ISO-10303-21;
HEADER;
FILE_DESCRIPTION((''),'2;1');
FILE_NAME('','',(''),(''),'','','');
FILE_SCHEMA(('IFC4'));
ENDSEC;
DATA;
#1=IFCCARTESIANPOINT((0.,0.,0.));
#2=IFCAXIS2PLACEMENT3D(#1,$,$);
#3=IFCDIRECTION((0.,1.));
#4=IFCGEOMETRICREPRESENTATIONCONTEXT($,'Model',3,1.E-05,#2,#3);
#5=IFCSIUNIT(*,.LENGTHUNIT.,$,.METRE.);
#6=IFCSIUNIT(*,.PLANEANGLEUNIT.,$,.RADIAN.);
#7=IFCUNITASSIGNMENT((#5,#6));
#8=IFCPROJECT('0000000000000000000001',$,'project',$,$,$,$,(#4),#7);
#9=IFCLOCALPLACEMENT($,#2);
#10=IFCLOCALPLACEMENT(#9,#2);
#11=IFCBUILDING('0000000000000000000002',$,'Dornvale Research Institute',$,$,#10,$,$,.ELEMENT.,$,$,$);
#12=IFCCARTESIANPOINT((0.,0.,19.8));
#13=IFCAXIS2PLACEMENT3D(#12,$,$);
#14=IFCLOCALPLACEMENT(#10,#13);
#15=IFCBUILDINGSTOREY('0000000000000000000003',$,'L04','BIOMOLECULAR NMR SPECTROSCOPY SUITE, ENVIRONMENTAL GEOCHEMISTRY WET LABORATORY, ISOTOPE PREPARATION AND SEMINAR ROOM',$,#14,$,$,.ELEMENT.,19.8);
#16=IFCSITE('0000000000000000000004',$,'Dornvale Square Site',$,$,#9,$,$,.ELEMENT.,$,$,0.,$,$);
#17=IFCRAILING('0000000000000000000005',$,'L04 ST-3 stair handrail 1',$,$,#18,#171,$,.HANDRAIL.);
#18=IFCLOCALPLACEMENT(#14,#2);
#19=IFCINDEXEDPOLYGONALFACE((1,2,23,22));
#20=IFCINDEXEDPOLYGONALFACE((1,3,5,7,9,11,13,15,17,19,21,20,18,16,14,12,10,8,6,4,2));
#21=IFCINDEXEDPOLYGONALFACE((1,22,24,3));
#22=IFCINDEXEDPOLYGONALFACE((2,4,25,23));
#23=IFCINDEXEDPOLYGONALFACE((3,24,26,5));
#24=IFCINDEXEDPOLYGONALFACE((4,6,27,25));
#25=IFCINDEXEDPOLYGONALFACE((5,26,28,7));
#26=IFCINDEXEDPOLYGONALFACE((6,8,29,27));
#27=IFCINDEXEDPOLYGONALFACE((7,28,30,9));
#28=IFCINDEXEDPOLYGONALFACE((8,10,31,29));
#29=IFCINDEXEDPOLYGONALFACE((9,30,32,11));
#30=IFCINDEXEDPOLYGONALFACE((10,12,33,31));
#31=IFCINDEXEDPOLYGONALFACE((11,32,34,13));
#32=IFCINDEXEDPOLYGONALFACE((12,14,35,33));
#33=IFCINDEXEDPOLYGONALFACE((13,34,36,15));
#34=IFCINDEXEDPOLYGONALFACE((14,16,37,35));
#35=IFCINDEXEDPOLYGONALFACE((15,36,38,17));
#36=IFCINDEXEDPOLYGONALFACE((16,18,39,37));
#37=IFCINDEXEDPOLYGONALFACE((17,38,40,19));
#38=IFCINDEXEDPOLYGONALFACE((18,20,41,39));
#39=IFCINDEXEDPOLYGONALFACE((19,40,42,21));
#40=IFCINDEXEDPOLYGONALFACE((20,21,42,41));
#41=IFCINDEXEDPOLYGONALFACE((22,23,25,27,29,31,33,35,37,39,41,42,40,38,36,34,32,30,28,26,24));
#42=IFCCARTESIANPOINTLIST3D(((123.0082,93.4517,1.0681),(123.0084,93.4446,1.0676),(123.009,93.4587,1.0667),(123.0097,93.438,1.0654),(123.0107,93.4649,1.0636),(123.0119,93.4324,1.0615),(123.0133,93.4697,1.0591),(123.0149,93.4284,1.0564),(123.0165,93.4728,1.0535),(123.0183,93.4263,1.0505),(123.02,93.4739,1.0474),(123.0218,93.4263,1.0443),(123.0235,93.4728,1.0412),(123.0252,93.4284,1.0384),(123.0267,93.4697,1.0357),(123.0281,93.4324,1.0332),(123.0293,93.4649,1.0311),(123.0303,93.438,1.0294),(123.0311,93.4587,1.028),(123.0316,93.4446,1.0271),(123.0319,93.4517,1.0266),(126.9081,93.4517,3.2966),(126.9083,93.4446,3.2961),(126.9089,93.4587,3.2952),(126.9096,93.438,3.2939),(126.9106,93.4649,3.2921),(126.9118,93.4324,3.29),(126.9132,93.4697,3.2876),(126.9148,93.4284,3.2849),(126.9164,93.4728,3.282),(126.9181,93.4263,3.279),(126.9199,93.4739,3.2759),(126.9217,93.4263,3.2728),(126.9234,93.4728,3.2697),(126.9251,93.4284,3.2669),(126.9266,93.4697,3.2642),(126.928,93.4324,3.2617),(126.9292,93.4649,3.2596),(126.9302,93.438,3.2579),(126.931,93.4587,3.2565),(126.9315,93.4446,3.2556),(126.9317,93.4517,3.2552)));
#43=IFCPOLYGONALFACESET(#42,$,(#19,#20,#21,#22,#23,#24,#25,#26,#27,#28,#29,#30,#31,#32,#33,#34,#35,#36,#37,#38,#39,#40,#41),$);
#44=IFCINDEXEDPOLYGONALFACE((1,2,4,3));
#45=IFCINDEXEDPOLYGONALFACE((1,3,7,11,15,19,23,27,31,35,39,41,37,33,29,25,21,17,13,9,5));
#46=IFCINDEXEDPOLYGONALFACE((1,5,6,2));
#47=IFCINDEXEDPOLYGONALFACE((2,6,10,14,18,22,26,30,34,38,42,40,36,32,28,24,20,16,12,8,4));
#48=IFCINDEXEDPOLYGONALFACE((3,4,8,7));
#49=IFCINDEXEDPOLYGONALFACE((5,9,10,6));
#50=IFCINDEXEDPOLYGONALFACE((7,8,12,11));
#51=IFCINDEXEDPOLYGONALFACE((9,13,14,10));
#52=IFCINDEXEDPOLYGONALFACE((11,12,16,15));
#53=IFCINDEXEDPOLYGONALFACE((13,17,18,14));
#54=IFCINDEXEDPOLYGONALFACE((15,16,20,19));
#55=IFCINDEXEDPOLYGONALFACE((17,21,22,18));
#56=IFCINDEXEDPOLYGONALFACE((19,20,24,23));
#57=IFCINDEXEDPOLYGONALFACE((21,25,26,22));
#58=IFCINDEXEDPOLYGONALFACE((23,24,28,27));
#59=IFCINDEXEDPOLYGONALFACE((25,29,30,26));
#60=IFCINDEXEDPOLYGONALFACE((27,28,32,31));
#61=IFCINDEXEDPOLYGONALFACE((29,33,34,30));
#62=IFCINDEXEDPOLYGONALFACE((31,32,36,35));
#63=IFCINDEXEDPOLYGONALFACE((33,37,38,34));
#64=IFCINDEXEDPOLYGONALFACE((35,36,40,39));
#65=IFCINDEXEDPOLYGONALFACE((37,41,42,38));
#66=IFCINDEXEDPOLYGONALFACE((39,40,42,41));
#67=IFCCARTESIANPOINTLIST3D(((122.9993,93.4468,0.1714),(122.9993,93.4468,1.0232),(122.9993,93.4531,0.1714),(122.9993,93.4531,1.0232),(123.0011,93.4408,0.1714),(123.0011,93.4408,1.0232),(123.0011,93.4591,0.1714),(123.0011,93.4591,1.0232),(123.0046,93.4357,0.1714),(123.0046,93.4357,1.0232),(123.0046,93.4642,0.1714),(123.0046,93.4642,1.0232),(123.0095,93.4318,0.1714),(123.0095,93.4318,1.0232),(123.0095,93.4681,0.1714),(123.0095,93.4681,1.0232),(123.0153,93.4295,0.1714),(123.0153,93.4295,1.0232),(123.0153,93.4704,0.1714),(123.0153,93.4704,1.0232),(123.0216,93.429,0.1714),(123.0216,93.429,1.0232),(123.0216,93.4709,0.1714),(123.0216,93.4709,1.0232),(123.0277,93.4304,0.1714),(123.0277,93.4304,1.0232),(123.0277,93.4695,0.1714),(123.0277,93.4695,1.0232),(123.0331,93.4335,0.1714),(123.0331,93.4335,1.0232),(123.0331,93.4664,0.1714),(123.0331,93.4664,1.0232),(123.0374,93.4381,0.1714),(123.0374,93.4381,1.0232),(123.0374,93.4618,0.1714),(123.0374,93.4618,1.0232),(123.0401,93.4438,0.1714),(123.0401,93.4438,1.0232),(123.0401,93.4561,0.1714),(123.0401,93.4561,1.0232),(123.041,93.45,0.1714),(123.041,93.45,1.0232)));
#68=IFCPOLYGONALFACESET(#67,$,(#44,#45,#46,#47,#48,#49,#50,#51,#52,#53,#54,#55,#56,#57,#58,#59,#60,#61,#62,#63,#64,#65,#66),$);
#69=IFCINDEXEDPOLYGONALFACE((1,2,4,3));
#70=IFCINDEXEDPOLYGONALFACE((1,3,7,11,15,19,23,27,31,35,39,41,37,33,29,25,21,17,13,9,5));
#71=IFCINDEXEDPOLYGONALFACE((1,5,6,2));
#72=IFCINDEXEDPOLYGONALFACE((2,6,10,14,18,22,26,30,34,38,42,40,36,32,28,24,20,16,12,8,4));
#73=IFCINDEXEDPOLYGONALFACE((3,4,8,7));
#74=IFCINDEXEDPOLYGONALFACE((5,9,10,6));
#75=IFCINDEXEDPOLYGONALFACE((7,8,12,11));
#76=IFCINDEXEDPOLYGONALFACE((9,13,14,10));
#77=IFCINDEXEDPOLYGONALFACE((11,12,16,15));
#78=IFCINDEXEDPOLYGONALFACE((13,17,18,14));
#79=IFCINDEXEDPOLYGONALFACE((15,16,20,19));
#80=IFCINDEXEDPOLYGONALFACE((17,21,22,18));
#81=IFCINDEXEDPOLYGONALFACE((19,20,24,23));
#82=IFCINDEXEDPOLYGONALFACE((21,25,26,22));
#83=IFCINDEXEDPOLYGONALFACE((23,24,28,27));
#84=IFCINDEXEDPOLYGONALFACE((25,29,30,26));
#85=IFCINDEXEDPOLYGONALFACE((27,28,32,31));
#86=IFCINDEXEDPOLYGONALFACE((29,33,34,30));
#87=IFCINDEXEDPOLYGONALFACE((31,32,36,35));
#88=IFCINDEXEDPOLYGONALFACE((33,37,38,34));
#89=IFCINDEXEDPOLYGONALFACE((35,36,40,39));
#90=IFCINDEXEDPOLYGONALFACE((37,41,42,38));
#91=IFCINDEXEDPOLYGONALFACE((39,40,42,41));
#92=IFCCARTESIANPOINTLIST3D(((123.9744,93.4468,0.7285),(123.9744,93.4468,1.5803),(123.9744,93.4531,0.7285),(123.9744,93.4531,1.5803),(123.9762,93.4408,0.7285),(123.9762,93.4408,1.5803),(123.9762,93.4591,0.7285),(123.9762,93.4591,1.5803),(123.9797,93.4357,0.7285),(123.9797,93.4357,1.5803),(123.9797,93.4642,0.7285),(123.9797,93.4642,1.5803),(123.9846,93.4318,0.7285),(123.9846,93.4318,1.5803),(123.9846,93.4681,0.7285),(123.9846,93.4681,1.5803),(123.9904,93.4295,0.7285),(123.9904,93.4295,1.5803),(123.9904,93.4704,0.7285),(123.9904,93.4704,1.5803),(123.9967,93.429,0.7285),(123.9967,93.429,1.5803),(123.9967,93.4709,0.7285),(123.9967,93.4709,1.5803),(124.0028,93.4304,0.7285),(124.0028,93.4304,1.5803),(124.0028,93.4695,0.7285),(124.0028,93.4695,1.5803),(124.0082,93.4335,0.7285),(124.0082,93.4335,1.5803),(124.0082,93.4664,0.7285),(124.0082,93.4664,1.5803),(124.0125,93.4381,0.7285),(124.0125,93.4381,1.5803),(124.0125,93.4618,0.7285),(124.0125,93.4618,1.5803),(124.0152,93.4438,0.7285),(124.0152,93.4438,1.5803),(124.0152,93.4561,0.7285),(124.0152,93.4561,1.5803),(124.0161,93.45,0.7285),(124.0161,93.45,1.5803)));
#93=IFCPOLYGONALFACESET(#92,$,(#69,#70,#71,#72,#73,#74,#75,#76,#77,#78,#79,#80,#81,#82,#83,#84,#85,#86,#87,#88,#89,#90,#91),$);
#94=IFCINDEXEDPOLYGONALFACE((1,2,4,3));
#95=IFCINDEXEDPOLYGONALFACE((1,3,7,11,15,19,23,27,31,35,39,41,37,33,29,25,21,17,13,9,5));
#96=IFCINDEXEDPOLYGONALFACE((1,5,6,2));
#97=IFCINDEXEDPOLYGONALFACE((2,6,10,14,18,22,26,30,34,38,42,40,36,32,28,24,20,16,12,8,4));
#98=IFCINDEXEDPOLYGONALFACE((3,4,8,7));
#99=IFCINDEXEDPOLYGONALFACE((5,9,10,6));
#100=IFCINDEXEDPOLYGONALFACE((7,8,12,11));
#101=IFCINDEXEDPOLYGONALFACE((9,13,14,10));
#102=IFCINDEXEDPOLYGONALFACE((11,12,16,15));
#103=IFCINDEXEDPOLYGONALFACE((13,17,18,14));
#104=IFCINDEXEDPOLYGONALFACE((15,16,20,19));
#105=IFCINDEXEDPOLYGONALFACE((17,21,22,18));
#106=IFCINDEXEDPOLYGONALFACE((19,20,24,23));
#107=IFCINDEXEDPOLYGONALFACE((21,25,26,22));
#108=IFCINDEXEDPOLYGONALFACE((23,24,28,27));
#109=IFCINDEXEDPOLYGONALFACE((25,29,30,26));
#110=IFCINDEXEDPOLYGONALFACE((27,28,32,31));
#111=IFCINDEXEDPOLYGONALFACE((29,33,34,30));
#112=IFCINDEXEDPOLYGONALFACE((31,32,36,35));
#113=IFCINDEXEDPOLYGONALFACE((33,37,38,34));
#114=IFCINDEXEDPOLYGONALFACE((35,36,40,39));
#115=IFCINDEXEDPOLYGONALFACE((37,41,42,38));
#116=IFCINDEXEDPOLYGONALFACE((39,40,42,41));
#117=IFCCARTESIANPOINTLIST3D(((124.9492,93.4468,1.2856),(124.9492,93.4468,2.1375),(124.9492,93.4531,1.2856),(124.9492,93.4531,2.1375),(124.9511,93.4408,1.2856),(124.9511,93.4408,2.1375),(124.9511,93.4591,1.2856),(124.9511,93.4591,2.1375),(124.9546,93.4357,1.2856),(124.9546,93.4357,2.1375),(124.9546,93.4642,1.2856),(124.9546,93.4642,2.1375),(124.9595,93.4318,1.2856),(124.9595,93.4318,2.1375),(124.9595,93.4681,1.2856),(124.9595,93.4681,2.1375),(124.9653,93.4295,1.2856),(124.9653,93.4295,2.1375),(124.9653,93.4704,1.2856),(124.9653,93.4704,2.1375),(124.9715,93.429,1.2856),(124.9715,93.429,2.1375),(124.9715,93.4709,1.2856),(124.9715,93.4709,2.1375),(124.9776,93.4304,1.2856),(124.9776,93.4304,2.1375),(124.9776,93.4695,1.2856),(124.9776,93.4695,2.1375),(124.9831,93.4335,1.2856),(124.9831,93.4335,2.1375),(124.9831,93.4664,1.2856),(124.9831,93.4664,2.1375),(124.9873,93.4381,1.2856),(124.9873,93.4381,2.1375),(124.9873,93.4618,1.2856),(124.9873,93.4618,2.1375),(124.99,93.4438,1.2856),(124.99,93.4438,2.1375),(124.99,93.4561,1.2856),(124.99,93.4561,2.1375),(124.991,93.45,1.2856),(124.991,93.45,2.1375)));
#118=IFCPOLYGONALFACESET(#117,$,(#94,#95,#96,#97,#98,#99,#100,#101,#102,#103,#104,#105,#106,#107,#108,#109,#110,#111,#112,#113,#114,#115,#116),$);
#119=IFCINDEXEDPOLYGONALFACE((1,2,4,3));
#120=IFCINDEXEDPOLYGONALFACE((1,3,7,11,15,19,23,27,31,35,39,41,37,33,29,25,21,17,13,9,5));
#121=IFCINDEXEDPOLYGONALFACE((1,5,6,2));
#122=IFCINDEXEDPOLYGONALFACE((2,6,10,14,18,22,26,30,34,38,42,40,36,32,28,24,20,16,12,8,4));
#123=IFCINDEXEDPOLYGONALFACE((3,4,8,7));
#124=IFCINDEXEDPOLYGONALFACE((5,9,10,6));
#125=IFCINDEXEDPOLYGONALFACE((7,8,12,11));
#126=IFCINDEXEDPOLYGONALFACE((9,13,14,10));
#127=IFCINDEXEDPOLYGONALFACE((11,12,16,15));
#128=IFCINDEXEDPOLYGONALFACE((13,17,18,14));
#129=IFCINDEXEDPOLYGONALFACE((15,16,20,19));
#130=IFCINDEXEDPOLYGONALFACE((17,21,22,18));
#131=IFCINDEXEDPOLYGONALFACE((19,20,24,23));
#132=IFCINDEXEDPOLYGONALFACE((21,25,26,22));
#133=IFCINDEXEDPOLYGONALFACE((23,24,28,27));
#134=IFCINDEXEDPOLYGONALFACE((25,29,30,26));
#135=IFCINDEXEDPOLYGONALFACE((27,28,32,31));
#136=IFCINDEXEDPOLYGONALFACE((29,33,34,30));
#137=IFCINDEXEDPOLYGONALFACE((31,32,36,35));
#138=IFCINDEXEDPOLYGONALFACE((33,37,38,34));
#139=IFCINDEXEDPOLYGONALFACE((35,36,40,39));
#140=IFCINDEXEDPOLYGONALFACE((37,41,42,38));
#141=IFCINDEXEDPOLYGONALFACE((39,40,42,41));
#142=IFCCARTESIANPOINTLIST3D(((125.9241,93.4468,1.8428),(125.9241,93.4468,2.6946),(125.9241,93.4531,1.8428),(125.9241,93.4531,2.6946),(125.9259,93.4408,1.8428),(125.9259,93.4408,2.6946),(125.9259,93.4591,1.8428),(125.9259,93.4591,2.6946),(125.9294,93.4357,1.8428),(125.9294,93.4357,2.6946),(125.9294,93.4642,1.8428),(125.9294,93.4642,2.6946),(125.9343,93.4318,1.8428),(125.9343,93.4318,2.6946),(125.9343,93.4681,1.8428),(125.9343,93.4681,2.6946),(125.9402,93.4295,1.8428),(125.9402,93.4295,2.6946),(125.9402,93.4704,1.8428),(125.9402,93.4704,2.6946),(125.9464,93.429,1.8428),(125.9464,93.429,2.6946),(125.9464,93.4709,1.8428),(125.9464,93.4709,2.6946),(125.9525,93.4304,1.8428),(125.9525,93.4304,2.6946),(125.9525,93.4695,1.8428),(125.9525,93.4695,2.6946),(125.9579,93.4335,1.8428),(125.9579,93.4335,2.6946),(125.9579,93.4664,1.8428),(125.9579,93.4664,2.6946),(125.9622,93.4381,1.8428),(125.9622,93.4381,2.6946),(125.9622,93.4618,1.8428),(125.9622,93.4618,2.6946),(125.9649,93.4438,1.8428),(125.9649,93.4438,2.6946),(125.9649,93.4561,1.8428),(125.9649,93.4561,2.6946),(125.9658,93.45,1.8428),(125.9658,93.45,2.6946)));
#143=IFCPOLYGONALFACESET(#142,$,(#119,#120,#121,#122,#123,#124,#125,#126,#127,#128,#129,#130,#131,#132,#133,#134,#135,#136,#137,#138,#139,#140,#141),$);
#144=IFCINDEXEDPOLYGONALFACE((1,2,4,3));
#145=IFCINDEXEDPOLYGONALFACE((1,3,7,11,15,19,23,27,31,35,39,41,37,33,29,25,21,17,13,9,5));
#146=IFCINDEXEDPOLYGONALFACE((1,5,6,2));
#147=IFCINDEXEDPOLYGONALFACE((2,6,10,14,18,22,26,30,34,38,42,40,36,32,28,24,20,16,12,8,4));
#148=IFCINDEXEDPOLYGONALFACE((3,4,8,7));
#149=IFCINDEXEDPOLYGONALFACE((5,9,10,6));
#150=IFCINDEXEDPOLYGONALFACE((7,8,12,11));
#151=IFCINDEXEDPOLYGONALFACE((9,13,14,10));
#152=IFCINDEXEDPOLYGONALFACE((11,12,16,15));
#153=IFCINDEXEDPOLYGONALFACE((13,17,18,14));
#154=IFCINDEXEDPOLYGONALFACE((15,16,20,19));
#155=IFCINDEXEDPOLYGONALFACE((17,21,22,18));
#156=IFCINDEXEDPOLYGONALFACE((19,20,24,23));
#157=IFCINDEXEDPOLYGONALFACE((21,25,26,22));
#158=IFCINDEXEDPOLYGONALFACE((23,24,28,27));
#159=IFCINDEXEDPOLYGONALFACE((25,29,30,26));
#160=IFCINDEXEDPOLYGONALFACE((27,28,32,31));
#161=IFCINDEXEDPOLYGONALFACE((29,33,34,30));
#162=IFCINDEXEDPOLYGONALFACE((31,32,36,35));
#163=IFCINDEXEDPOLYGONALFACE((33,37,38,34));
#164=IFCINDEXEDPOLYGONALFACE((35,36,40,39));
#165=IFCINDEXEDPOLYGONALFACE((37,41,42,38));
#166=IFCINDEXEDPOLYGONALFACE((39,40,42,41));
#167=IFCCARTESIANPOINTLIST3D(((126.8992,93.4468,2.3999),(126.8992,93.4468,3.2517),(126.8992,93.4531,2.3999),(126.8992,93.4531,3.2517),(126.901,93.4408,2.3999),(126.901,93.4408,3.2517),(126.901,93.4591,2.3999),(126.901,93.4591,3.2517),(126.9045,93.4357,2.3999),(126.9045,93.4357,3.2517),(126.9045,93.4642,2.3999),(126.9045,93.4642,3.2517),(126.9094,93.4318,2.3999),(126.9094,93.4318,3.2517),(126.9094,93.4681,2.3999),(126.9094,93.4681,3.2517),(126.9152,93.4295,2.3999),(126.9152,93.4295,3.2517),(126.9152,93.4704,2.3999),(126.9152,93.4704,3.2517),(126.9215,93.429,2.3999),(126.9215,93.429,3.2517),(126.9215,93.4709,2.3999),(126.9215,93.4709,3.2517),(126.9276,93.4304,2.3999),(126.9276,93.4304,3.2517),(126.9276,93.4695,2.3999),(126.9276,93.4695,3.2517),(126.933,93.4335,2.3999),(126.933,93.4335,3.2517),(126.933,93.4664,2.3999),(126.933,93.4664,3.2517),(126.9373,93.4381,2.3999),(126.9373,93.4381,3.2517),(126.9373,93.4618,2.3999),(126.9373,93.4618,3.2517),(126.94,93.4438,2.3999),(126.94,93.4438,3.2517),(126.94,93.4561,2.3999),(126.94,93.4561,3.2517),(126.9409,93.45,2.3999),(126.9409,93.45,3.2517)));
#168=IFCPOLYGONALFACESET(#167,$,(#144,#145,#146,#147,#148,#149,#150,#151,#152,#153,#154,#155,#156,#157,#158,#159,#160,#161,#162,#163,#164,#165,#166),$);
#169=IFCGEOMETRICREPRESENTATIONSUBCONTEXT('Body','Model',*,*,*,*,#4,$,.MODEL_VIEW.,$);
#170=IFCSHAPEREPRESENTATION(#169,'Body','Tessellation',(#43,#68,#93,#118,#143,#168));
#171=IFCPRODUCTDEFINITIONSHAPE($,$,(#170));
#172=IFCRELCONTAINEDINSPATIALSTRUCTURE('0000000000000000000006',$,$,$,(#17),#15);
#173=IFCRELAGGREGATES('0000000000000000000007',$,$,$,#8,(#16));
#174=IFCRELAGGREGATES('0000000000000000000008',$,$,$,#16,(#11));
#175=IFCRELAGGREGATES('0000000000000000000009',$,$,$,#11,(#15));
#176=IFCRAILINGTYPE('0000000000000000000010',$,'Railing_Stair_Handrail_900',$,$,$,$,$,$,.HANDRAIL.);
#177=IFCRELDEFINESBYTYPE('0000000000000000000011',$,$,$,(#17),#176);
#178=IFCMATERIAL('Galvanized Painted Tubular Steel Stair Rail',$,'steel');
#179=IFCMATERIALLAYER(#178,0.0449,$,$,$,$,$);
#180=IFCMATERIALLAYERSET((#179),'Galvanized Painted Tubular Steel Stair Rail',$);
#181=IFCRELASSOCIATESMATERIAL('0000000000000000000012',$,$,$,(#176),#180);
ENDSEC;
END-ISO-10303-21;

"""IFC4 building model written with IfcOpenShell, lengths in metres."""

from ifc_helpers import new_model, si_unit, direction, frame, origin, origin_2d, place, context, subcontext, project, spatial, circle, extrude, material, layer, layer_set, type_object, element, save


model = new_model("IFC4")

# Units and contexts
model_context = context("Model", 3, precision=1e-05, world=origin(), true_north=direction((0.0, 1.0)))
body_context = subcontext(model_context, "Body", "Model", "MODEL_VIEW")
ifc_project = project(units=[si_unit("LENGTHUNIT", "METRE"), si_unit("PLANEANGLEUNIT", "RADIAN")], contexts=[model_context])

# Site, building, storey
site_placement = place(None, origin())
site = spatial("IfcSite", under=ifc_project, at=site_placement, Name="Dornvale Square Site", CompositionType="ELEMENT", RefElevation=0.0)
building_placement = place(site_placement, origin())
building = spatial("IfcBuilding", under=site, at=building_placement, Name="Dornvale Research Institute", CompositionType="ELEMENT")
storey_placement = place(building_placement, frame((0.0, 0.0, 19.8)))
storey = spatial("IfcBuildingStorey", under=building, at=storey_placement, Name="L04", Description="BIOMOLECULAR NMR SPECTROSCOPY SUITE, ENVIRONMENTAL GEOCHEMISTRY WET LABORATORY, ISOTOPE PREPARATION AND SEMINAR ROOM", CompositionType="ELEMENT", Elevation=19.8)

# Railing
ifc_material_1 = material(Name="Galvanized Painted Tubular Steel Stair Rail", Category="steel")
ifc_layer_1 = layer(ifc_material_1, 0.0449)
ifc_layer_set_1 = layer_set([ifc_layer_1], Name="Galvanized Painted Tubular Steel Stair Rail")
railing_type_1 = type_object("IfcRailingType", Name="Railing_Stair_Handrail_900", PredefinedType="HANDRAIL", material=ifc_layer_set_1)
railing_1_placement = place(storey_placement, frame((123.02, 93.45, 0.1714)))
element("IfcRailing", 1, at=railing_1_placement, inside=storey, type_object=railing_type_1, Name="L04 ST-3 stair handrail 1", PredefinedType="HANDRAIL", context=body_context, shape_type="SweptSolid", body=[
    extrude(circle(Radius=0.0239, at=origin_2d()), frame((0.0, 0.0, 0.876), z_axis=(0.868243, 0.0, 0.496139), x_axis=(0.0, 1.0, 0.0)), (0.0, 0.0, 1.0), 4.4917),
    extrude(circle(Radius=0.021, at=origin_2d()), origin(), (0.0, 0.0, 1.0), 0.8518),
    extrude(circle(Radius=0.021, at=origin_2d()), frame((0.9751, 0.0, 0.5571)), (0.0, 0.0, 1.0), 0.8518),
    extrude(circle(Radius=0.021, at=origin_2d()), frame((1.95, 0.0, 1.1143)), (0.0, 0.0, 1.0), 0.8518),
    extrude(circle(Radius=0.021, at=origin_2d()), frame((2.9248, 0.0, 1.6714)), (0.0, 0.0, 1.0), 0.8518),
    extrude(circle(Radius=0.021, at=origin_2d()), frame((3.8999, 0.0, 2.2285)), (0.0, 0.0, 1.0), 0.8518),
])

save(model, "model.ifc")
